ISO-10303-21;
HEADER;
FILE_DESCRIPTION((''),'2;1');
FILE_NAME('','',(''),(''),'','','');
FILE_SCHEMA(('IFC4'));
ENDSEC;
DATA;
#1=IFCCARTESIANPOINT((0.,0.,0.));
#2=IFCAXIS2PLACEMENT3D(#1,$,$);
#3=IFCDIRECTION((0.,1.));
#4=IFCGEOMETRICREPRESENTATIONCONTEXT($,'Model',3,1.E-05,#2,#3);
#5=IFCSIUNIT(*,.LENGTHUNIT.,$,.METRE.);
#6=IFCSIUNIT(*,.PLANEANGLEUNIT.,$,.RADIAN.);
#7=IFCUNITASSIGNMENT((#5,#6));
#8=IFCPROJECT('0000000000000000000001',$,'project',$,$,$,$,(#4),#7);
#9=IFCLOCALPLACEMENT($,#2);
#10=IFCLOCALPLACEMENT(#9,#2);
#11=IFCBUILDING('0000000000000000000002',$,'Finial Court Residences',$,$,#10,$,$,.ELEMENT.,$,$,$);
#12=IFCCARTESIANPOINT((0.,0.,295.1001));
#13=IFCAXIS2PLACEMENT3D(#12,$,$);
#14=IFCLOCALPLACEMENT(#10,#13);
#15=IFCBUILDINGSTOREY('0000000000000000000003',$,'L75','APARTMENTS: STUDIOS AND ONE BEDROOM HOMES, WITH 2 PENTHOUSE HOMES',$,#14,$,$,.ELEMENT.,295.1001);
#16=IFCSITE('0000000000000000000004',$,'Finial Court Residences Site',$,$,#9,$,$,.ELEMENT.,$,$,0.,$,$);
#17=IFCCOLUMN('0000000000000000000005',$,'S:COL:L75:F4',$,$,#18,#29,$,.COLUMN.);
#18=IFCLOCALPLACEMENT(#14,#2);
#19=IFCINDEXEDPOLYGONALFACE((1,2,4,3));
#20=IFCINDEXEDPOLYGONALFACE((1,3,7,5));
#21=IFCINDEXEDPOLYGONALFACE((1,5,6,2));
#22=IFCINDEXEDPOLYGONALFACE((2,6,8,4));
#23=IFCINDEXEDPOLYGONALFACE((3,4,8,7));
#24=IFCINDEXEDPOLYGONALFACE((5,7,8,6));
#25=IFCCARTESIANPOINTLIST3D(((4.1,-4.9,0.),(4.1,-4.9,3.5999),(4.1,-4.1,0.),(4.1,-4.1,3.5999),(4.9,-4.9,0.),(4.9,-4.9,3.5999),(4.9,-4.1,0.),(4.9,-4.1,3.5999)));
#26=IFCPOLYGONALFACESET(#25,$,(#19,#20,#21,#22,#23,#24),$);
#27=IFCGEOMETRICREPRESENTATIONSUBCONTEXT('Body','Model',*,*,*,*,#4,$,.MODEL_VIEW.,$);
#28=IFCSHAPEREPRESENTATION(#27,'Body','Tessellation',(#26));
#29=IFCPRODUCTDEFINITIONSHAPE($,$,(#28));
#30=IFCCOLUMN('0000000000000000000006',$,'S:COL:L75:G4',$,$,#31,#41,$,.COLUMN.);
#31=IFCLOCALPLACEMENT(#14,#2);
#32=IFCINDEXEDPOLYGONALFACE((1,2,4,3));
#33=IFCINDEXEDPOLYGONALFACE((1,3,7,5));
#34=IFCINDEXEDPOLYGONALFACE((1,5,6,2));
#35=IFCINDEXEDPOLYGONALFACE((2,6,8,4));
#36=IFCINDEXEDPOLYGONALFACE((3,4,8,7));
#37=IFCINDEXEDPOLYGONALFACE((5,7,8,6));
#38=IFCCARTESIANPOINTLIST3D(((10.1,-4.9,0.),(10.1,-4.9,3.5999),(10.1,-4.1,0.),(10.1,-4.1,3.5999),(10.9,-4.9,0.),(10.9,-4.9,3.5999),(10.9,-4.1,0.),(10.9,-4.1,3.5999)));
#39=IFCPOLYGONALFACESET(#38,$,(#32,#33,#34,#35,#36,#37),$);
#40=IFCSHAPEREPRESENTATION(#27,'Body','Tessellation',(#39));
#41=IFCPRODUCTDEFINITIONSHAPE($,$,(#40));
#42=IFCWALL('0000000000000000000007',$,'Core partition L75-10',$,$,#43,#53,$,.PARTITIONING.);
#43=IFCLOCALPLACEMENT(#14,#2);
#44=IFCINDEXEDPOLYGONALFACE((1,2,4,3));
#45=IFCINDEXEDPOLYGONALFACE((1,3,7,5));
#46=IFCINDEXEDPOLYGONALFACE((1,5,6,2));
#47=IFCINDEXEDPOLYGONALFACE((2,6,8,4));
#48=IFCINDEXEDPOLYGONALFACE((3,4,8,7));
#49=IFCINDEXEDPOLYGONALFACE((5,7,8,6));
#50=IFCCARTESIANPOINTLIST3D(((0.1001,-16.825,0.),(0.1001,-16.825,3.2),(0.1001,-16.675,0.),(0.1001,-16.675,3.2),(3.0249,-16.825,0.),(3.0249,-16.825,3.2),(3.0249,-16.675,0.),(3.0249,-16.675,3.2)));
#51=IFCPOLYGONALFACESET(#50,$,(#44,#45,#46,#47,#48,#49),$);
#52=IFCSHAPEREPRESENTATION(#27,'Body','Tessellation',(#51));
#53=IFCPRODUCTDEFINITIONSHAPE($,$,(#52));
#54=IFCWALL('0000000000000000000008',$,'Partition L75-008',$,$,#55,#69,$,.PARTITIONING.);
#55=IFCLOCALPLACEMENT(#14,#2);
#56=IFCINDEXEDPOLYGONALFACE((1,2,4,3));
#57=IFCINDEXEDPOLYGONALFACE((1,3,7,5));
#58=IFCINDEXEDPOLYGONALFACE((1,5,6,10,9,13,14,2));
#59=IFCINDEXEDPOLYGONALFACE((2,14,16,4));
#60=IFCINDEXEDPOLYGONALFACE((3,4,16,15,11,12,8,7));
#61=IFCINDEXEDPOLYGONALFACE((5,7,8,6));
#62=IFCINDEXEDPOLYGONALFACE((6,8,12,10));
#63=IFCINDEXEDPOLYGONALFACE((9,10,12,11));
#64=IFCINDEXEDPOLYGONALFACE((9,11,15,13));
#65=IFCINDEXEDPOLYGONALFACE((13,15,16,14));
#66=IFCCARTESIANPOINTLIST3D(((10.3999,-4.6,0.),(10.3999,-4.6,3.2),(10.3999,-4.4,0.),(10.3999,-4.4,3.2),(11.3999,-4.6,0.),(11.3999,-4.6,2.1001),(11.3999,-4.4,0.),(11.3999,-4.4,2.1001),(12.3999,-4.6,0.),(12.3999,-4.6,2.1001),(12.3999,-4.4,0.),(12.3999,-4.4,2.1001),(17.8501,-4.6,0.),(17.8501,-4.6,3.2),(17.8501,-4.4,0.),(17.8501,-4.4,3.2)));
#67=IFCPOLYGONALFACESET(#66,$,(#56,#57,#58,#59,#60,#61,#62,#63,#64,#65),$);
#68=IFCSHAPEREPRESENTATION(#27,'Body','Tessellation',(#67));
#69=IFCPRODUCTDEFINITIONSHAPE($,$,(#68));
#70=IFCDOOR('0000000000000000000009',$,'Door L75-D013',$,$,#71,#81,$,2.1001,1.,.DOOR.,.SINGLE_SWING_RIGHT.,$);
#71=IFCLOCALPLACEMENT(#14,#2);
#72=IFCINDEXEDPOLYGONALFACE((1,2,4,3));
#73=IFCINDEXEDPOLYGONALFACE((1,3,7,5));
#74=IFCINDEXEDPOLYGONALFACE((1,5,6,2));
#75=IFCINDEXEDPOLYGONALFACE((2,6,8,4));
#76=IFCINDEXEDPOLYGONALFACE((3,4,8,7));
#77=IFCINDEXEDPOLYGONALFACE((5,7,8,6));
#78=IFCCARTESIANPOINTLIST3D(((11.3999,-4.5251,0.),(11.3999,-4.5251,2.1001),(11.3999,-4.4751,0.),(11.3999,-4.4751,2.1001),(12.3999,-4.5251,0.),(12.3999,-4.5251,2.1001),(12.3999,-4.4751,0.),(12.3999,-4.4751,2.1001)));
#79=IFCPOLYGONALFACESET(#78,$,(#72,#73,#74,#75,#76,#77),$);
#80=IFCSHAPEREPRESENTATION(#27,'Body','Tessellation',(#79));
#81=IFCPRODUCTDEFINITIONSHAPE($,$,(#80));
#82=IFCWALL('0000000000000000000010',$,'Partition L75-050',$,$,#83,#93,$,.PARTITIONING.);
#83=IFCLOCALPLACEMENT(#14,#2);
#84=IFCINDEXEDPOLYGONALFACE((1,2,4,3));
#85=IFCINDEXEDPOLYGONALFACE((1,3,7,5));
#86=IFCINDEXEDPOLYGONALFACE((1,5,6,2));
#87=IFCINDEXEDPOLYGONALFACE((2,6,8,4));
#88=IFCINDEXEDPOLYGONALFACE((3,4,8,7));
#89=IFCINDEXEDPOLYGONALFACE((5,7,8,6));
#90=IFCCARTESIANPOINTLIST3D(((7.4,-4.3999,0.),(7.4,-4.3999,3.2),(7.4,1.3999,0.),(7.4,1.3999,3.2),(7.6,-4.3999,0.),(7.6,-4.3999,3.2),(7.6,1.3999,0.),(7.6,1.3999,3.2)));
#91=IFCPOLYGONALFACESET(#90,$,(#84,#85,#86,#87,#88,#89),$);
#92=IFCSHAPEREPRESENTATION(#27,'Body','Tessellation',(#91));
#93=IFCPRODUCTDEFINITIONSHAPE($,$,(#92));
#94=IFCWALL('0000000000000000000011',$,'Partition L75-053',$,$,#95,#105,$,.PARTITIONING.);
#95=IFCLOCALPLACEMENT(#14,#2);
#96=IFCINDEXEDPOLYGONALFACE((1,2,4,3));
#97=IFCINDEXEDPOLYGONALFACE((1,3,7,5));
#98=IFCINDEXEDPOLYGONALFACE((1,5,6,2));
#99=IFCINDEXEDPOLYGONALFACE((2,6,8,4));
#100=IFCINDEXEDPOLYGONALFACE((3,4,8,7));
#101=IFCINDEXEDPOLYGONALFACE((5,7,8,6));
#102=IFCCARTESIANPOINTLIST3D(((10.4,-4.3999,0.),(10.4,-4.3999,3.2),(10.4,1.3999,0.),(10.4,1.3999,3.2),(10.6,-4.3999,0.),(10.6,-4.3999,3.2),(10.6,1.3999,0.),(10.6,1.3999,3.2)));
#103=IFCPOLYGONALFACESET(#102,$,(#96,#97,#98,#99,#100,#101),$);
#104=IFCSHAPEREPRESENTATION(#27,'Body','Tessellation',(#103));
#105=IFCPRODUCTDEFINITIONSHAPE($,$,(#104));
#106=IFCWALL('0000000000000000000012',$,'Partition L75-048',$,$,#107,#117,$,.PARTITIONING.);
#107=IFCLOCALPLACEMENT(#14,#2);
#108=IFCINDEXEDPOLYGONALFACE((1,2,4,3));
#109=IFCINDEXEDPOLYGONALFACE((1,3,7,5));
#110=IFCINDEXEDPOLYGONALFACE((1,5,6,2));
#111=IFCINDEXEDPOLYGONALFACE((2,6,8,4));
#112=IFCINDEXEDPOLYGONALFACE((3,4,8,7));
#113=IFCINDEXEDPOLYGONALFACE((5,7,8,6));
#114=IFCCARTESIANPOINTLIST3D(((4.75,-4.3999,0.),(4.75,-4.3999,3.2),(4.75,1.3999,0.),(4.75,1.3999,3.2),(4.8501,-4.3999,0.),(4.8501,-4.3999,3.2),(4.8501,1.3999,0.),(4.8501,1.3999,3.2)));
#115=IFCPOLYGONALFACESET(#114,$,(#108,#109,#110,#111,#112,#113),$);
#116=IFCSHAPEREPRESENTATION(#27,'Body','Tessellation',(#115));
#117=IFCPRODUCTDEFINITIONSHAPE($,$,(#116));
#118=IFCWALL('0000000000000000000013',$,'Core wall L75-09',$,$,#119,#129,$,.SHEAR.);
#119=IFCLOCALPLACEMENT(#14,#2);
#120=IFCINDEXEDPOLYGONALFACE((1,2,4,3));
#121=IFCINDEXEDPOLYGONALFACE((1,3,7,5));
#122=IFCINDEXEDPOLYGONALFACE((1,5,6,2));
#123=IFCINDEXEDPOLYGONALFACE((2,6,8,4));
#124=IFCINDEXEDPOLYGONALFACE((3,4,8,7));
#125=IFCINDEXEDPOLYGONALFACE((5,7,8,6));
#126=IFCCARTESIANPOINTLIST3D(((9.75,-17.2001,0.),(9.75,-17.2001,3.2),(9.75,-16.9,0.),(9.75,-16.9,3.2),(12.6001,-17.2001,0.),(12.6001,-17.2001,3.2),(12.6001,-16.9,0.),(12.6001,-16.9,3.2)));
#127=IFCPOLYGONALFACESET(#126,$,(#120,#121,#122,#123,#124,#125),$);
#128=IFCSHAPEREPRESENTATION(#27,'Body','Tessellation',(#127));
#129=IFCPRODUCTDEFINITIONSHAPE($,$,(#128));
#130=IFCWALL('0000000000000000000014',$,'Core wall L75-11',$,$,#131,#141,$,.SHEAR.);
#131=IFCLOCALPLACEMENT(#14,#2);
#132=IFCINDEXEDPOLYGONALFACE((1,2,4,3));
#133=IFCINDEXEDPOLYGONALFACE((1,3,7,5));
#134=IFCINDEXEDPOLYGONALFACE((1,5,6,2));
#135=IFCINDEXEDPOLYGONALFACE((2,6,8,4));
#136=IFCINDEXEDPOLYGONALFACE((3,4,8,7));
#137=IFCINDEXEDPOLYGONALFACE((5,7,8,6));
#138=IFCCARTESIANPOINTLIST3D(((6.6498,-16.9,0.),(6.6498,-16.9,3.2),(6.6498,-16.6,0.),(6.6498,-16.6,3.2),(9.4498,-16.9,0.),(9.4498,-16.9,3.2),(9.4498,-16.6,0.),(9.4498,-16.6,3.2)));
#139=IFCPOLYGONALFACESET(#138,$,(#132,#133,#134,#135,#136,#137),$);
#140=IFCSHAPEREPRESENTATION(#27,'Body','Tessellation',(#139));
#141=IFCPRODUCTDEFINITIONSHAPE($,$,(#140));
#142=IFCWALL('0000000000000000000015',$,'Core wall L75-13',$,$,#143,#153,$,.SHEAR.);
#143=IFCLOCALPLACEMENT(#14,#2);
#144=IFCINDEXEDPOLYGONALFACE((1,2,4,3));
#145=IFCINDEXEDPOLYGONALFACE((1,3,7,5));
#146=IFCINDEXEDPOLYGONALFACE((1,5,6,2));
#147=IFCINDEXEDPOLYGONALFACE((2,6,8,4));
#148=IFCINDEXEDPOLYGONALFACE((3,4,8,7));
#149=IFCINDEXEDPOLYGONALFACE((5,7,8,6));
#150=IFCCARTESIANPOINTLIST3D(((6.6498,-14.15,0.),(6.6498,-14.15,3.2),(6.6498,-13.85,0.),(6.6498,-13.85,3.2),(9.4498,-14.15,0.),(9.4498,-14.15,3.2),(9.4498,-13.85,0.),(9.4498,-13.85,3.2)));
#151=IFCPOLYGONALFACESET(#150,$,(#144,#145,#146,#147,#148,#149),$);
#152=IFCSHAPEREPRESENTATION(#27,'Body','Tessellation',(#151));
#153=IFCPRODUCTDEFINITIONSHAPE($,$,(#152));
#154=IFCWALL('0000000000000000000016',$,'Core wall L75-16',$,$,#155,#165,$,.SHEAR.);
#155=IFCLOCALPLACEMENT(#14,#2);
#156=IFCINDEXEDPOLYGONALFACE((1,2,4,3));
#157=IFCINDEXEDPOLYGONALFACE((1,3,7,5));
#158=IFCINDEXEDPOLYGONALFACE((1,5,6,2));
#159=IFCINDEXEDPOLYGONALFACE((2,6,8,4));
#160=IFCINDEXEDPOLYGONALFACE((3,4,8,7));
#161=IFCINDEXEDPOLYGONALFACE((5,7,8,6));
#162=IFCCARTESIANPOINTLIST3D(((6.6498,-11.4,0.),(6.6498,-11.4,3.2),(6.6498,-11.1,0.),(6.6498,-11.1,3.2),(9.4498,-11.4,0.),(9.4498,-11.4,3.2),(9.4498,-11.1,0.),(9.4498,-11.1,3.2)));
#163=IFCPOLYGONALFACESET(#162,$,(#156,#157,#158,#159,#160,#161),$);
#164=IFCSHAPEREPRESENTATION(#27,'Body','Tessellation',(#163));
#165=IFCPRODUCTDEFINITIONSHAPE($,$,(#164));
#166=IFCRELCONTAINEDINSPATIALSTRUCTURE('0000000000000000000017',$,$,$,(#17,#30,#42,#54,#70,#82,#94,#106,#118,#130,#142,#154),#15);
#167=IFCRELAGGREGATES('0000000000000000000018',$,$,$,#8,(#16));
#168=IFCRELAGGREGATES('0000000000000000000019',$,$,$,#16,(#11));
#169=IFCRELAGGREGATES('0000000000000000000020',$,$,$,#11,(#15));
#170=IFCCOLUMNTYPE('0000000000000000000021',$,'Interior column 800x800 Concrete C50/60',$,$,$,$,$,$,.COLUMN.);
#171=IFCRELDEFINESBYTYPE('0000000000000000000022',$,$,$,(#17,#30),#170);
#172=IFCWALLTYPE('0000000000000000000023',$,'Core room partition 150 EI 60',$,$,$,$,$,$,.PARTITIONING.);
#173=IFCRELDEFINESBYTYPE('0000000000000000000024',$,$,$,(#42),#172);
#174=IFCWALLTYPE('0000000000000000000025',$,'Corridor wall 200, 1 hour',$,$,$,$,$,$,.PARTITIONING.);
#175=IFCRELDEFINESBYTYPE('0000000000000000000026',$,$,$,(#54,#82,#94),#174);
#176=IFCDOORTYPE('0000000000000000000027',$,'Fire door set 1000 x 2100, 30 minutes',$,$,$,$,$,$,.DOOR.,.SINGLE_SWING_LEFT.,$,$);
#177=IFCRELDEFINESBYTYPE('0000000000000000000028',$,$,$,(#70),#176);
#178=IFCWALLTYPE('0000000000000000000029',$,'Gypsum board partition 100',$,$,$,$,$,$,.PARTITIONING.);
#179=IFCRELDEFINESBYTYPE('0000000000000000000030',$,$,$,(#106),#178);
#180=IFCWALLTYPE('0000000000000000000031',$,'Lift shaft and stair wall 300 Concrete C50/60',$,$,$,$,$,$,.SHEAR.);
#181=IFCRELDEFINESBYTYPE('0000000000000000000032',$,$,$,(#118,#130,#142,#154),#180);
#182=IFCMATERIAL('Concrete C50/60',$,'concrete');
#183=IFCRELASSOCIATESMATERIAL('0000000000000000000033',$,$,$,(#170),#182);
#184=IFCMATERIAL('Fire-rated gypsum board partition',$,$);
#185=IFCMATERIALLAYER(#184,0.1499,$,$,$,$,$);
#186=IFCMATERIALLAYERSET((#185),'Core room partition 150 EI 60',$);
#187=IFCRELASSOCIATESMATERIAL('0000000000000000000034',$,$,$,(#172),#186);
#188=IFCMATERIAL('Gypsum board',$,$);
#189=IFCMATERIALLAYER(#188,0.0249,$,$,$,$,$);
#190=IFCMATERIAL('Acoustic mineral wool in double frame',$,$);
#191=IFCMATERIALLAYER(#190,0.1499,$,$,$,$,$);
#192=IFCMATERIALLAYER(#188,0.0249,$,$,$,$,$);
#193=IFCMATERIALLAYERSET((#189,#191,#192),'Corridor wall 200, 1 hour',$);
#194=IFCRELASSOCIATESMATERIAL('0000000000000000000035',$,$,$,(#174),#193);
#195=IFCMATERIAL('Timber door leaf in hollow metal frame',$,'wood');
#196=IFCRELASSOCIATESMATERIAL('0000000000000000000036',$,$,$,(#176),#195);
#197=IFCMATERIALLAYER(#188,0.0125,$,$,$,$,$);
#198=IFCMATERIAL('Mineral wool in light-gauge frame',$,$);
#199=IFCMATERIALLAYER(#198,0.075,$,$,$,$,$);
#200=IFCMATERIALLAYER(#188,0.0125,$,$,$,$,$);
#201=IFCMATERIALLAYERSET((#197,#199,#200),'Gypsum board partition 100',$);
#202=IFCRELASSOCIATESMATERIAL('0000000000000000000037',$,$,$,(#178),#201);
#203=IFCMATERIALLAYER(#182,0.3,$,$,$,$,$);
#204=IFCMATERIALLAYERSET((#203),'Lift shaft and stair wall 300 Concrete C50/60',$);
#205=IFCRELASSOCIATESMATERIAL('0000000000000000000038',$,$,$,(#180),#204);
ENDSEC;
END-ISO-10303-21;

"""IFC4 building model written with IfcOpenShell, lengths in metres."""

from ifc_helpers import new_model, si_unit, direction, frame, frame_2d, origin, origin_2d, place, context, subcontext, project, spatial, rectangle, extrude, material, layer, layer_set, material_profile, profile_set, type_object, element, fill, save


model = new_model("IFC4")

# Units and contexts
model_context = context("Model", 3, precision=1e-05, world=origin(), true_north=direction((0.0, 1.0)))
body_context = subcontext(model_context, "Body", "Model", "MODEL_VIEW")
ifc_project = project(units=[si_unit("LENGTHUNIT", "METRE"), si_unit("PLANEANGLEUNIT", "RADIAN")], contexts=[model_context])

# Site, building, storey
site_placement = place(None, origin())
site = spatial("IfcSite", under=ifc_project, at=site_placement, Name="Finial Court Residences Site", CompositionType="ELEMENT", RefElevation=0.0)
building_placement = place(site_placement, origin())
building = spatial("IfcBuilding", under=site, at=building_placement, Name="Finial Court Residences", CompositionType="ELEMENT")
storey_placement = place(building_placement, frame((0.0, 0.0, 295.1001)))
storey = spatial("IfcBuildingStorey", under=building, at=storey_placement, Name="L75", Description="APARTMENTS: STUDIOS AND ONE BEDROOM HOMES, WITH 2 PENTHOUSE HOMES", CompositionType="ELEMENT", Elevation=295.1001)

# Columns
ifc_material_1 = material(Name="Concrete C50/60", Category="concrete")
ifc_material_profile = material_profile(ifc_material_1, rectangle(XDim=0.8, YDim=0.8, at=origin_2d()), Name="800x800")
ifc_profile_set = profile_set([ifc_material_profile], Name="Concrete C50/60")
column_type = type_object("IfcColumnType", Name="Interior column 800x800 Concrete C50/60", PredefinedType="COLUMN", material=ifc_profile_set)
for number, where, z_axis, x_axis, name in (
    (1, (4.5, -4.5, 0.0), (0.0, 0.0, 1.0), (1.0, 0.0, 0.0), "S:COL:L75:F4"),
    (2, (10.5, -4.5, 0.0), (0.0, 0.0, 1.0), (1.0, 0.0, 0.0), "S:COL:L75:G4"),
):
    element("IfcColumn", number, at=place(storey_placement, frame(where, z_axis=z_axis, x_axis=x_axis)), inside=storey, type_object=column_type, Name=name, PredefinedType="COLUMN", context=body_context, shape_type="SweptSolid", body=[
        extrude(rectangle(XDim=0.8, YDim=0.8, at=origin_2d()), origin(), (0.0, 0.0, 1.0), 3.5999),
    ])

# Wall
ifc_material_2 = material(Name="Fire-rated gypsum board partition")
ifc_layer_1 = layer(ifc_material_2, 0.1499)
ifc_layer_set_1 = layer_set([ifc_layer_1], Name="Core room partition 150 EI 60")
wall_type_1 = type_object("IfcWallType", Name="Core room partition 150 EI 60", PredefinedType="PARTITIONING", material=ifc_layer_set_1)
wall_1_placement = place(storey_placement, frame((0.1001, -16.75, 0.0), z_axis=(0.0, 0.0, 1.0), x_axis=(1.0, 0.0, 0.0)))
element("IfcWall", 3, at=wall_1_placement, inside=storey, type_object=wall_type_1, Name="Core partition L75-10", PredefinedType="PARTITIONING", context=body_context, shape_type="SweptSolid", body=[
    extrude(rectangle(XDim=2.9248, YDim=0.1499, at=frame_2d((1.4624, 0.0))), origin(), (0.0, 0.0, 1.0), 3.2),
])

# Wall, opening, door
ifc_material_3 = material(Name="Gypsum board")
ifc_layer_2 = layer(ifc_material_3, 0.0249)
ifc_material_4 = material(Name="Acoustic mineral wool in double frame")
ifc_layer_3 = layer(ifc_material_4, 0.1499)
ifc_layer_4 = layer(ifc_material_3, 0.0249)
ifc_layer_set_2 = layer_set([ifc_layer_2, ifc_layer_3, ifc_layer_4], Name="Corridor wall 200, 1 hour")
wall_type_2 = type_object("IfcWallType", Name="Corridor wall 200, 1 hour", PredefinedType="PARTITIONING", material=ifc_layer_set_2)
wall_2_placement = place(storey_placement, frame((10.3999, -4.5, 0.0), z_axis=(0.0, 0.0, 1.0), x_axis=(1.0, 0.0, 0.0)))
wall_2 = element("IfcWall", 4, at=wall_2_placement, inside=storey, type_object=wall_type_2, Name="Partition L75-008", PredefinedType="PARTITIONING", context=body_context, shape_type="SweptSolid", body=[
    extrude(rectangle(XDim=7.4502, YDim=0.2, at=frame_2d((3.7251, 0.0))), origin(), (0.0, 0.0, 1.0), 3.2),
])
opening_1_placement = place(wall_2_placement, frame((1.0, 0.0, 0.0)))
opening_1 = element("IfcOpeningElement", 5, at=opening_1_placement, cuts=wall_2, PredefinedType="OPENING", context=body_context, shape_type="SweptSolid", body=[
    extrude(rectangle(XDim=1.0, YDim=2.1001, at=frame_2d((0.5, 1.05))), frame((0.0, 0.1099, 0.0), z_axis=(0.0, -1.0, 0.0), x_axis=(1.0, 0.0, 0.0)), (0.0, 0.0, 1.0), 0.22),
])
ifc_material_5 = material(Name="Timber door leaf in hollow metal frame", Category="wood")
door_type_1 = type_object("IfcDoorType", Name="Fire door set 1000 x 2100, 30 minutes", OperationType="SINGLE_SWING_LEFT", PredefinedType="DOOR", material=ifc_material_5)
door_1_placement = place(opening_1_placement, origin())
door_1 = element("IfcDoor", 6, at=door_1_placement, inside=storey, type_object=door_type_1, Name="Door L75-D013", OperationType="SINGLE_SWING_RIGHT", OverallHeight=2.1001, OverallWidth=1.0, PredefinedType="DOOR", context=body_context, shape_type="SweptSolid", body=[
    extrude(rectangle(XDim=1.0, YDim=2.1001, at=frame_2d((0.5, 1.05))), frame((0.0, 0.0249, 0.0), z_axis=(0.0, -1.0, 0.0), x_axis=(1.0, 0.0, 0.0)), (0.0, 0.0, 1.0), 0.05),
])
fill(opening_1, door_1)

# Walls
for number, where, z_axis, x_axis, name in (
    (7, (7.5, -4.3999, 0.0), (0.0, 0.0, 1.0), (0.0, 1.0, 0.0), "Partition L75-050"),
    (8, (10.5, -4.3999, 0.0), (0.0, 0.0, 1.0), (0.0, 1.0, 0.0), "Partition L75-053"),
):
    element("IfcWall", number, at=place(storey_placement, frame(where, z_axis=z_axis, x_axis=x_axis)), inside=storey, type_object=wall_type_2, Name=name, PredefinedType="PARTITIONING", context=body_context, shape_type="SweptSolid", body=[
        extrude(rectangle(XDim=5.7998, YDim=0.2, at=frame_2d((2.8999, 0.0))), origin(), (0.0, 0.0, 1.0), 3.2),
    ])
ifc_layer_5 = layer(ifc_material_3, 0.0125)
ifc_material_6 = material(Name="Mineral wool in light-gauge frame")
ifc_layer_6 = layer(ifc_material_6, 0.075)
ifc_layer_7 = layer(ifc_material_3, 0.0125)
ifc_layer_set_3 = layer_set([ifc_layer_5, ifc_layer_6, ifc_layer_7], Name="Gypsum board partition 100")
wall_type_3 = type_object("IfcWallType", Name="Gypsum board partition 100", PredefinedType="PARTITIONING", material=ifc_layer_set_3)
wall_3_placement = place(storey_placement, frame((4.8, -4.3999, 0.0), z_axis=(0.0, 0.0, 1.0), x_axis=(0.0, 1.0, 0.0)))
element("IfcWall", 9, at=wall_3_placement, inside=storey, type_object=wall_type_3, Name="Partition L75-048", PredefinedType="PARTITIONING", context=body_context, shape_type="SweptSolid", body=[
    extrude(rectangle(XDim=5.7998, YDim=0.1001, at=frame_2d((2.8999, 0.0))), origin(), (0.0, 0.0, 1.0), 3.2),
])
ifc_layer_8 = layer(ifc_material_1, 0.3)
ifc_layer_set_4 = layer_set([ifc_layer_8], Name="Lift shaft and stair wall 300 Concrete C50/60")
wall_type_4 = type_object("IfcWallType", Name="Lift shaft and stair wall 300 Concrete C50/60", PredefinedType="SHEAR", material=ifc_layer_set_4)
wall_4_placement = place(storey_placement, frame((9.75, -17.05, 0.0), z_axis=(0.0, 0.0, 1.0), x_axis=(1.0, 0.0, 0.0)))
element("IfcWall", 10, at=wall_4_placement, inside=storey, type_object=wall_type_4, Name="Core wall L75-09", PredefinedType="SHEAR", context=body_context, shape_type="SweptSolid", body=[
    extrude(rectangle(XDim=2.8501, YDim=0.3, at=frame_2d((1.425, 0.0))), origin(), (0.0, 0.0, 1.0), 3.2),
])
for number, where, z_axis, x_axis, name in (
    (11, (6.6499, -16.75, 0.0), (0.0, 0.0, 1.0), (1.0, 0.0, 0.0), "Core wall L75-11"),
    (12, (6.6499, -14.0, 0.0), (0.0, 0.0, 1.0), (1.0, 0.0, 0.0), "Core wall L75-13"),
    (13, (6.6499, -11.25, 0.0), (0.0, 0.0, 1.0), (1.0, 0.0, 0.0), "Core wall L75-16"),
):
    element("IfcWall", number, at=place(storey_placement, frame(where, z_axis=z_axis, x_axis=x_axis)), inside=storey, type_object=wall_type_4, Name=name, PredefinedType="SHEAR", context=body_context, shape_type="SweptSolid", body=[
        extrude(rectangle(XDim=2.8, YDim=0.3, at=frame_2d((1.3999, 0.0))), origin(), (0.0, 0.0, 1.0), 3.2),
    ])

save(model, "model.ifc")
